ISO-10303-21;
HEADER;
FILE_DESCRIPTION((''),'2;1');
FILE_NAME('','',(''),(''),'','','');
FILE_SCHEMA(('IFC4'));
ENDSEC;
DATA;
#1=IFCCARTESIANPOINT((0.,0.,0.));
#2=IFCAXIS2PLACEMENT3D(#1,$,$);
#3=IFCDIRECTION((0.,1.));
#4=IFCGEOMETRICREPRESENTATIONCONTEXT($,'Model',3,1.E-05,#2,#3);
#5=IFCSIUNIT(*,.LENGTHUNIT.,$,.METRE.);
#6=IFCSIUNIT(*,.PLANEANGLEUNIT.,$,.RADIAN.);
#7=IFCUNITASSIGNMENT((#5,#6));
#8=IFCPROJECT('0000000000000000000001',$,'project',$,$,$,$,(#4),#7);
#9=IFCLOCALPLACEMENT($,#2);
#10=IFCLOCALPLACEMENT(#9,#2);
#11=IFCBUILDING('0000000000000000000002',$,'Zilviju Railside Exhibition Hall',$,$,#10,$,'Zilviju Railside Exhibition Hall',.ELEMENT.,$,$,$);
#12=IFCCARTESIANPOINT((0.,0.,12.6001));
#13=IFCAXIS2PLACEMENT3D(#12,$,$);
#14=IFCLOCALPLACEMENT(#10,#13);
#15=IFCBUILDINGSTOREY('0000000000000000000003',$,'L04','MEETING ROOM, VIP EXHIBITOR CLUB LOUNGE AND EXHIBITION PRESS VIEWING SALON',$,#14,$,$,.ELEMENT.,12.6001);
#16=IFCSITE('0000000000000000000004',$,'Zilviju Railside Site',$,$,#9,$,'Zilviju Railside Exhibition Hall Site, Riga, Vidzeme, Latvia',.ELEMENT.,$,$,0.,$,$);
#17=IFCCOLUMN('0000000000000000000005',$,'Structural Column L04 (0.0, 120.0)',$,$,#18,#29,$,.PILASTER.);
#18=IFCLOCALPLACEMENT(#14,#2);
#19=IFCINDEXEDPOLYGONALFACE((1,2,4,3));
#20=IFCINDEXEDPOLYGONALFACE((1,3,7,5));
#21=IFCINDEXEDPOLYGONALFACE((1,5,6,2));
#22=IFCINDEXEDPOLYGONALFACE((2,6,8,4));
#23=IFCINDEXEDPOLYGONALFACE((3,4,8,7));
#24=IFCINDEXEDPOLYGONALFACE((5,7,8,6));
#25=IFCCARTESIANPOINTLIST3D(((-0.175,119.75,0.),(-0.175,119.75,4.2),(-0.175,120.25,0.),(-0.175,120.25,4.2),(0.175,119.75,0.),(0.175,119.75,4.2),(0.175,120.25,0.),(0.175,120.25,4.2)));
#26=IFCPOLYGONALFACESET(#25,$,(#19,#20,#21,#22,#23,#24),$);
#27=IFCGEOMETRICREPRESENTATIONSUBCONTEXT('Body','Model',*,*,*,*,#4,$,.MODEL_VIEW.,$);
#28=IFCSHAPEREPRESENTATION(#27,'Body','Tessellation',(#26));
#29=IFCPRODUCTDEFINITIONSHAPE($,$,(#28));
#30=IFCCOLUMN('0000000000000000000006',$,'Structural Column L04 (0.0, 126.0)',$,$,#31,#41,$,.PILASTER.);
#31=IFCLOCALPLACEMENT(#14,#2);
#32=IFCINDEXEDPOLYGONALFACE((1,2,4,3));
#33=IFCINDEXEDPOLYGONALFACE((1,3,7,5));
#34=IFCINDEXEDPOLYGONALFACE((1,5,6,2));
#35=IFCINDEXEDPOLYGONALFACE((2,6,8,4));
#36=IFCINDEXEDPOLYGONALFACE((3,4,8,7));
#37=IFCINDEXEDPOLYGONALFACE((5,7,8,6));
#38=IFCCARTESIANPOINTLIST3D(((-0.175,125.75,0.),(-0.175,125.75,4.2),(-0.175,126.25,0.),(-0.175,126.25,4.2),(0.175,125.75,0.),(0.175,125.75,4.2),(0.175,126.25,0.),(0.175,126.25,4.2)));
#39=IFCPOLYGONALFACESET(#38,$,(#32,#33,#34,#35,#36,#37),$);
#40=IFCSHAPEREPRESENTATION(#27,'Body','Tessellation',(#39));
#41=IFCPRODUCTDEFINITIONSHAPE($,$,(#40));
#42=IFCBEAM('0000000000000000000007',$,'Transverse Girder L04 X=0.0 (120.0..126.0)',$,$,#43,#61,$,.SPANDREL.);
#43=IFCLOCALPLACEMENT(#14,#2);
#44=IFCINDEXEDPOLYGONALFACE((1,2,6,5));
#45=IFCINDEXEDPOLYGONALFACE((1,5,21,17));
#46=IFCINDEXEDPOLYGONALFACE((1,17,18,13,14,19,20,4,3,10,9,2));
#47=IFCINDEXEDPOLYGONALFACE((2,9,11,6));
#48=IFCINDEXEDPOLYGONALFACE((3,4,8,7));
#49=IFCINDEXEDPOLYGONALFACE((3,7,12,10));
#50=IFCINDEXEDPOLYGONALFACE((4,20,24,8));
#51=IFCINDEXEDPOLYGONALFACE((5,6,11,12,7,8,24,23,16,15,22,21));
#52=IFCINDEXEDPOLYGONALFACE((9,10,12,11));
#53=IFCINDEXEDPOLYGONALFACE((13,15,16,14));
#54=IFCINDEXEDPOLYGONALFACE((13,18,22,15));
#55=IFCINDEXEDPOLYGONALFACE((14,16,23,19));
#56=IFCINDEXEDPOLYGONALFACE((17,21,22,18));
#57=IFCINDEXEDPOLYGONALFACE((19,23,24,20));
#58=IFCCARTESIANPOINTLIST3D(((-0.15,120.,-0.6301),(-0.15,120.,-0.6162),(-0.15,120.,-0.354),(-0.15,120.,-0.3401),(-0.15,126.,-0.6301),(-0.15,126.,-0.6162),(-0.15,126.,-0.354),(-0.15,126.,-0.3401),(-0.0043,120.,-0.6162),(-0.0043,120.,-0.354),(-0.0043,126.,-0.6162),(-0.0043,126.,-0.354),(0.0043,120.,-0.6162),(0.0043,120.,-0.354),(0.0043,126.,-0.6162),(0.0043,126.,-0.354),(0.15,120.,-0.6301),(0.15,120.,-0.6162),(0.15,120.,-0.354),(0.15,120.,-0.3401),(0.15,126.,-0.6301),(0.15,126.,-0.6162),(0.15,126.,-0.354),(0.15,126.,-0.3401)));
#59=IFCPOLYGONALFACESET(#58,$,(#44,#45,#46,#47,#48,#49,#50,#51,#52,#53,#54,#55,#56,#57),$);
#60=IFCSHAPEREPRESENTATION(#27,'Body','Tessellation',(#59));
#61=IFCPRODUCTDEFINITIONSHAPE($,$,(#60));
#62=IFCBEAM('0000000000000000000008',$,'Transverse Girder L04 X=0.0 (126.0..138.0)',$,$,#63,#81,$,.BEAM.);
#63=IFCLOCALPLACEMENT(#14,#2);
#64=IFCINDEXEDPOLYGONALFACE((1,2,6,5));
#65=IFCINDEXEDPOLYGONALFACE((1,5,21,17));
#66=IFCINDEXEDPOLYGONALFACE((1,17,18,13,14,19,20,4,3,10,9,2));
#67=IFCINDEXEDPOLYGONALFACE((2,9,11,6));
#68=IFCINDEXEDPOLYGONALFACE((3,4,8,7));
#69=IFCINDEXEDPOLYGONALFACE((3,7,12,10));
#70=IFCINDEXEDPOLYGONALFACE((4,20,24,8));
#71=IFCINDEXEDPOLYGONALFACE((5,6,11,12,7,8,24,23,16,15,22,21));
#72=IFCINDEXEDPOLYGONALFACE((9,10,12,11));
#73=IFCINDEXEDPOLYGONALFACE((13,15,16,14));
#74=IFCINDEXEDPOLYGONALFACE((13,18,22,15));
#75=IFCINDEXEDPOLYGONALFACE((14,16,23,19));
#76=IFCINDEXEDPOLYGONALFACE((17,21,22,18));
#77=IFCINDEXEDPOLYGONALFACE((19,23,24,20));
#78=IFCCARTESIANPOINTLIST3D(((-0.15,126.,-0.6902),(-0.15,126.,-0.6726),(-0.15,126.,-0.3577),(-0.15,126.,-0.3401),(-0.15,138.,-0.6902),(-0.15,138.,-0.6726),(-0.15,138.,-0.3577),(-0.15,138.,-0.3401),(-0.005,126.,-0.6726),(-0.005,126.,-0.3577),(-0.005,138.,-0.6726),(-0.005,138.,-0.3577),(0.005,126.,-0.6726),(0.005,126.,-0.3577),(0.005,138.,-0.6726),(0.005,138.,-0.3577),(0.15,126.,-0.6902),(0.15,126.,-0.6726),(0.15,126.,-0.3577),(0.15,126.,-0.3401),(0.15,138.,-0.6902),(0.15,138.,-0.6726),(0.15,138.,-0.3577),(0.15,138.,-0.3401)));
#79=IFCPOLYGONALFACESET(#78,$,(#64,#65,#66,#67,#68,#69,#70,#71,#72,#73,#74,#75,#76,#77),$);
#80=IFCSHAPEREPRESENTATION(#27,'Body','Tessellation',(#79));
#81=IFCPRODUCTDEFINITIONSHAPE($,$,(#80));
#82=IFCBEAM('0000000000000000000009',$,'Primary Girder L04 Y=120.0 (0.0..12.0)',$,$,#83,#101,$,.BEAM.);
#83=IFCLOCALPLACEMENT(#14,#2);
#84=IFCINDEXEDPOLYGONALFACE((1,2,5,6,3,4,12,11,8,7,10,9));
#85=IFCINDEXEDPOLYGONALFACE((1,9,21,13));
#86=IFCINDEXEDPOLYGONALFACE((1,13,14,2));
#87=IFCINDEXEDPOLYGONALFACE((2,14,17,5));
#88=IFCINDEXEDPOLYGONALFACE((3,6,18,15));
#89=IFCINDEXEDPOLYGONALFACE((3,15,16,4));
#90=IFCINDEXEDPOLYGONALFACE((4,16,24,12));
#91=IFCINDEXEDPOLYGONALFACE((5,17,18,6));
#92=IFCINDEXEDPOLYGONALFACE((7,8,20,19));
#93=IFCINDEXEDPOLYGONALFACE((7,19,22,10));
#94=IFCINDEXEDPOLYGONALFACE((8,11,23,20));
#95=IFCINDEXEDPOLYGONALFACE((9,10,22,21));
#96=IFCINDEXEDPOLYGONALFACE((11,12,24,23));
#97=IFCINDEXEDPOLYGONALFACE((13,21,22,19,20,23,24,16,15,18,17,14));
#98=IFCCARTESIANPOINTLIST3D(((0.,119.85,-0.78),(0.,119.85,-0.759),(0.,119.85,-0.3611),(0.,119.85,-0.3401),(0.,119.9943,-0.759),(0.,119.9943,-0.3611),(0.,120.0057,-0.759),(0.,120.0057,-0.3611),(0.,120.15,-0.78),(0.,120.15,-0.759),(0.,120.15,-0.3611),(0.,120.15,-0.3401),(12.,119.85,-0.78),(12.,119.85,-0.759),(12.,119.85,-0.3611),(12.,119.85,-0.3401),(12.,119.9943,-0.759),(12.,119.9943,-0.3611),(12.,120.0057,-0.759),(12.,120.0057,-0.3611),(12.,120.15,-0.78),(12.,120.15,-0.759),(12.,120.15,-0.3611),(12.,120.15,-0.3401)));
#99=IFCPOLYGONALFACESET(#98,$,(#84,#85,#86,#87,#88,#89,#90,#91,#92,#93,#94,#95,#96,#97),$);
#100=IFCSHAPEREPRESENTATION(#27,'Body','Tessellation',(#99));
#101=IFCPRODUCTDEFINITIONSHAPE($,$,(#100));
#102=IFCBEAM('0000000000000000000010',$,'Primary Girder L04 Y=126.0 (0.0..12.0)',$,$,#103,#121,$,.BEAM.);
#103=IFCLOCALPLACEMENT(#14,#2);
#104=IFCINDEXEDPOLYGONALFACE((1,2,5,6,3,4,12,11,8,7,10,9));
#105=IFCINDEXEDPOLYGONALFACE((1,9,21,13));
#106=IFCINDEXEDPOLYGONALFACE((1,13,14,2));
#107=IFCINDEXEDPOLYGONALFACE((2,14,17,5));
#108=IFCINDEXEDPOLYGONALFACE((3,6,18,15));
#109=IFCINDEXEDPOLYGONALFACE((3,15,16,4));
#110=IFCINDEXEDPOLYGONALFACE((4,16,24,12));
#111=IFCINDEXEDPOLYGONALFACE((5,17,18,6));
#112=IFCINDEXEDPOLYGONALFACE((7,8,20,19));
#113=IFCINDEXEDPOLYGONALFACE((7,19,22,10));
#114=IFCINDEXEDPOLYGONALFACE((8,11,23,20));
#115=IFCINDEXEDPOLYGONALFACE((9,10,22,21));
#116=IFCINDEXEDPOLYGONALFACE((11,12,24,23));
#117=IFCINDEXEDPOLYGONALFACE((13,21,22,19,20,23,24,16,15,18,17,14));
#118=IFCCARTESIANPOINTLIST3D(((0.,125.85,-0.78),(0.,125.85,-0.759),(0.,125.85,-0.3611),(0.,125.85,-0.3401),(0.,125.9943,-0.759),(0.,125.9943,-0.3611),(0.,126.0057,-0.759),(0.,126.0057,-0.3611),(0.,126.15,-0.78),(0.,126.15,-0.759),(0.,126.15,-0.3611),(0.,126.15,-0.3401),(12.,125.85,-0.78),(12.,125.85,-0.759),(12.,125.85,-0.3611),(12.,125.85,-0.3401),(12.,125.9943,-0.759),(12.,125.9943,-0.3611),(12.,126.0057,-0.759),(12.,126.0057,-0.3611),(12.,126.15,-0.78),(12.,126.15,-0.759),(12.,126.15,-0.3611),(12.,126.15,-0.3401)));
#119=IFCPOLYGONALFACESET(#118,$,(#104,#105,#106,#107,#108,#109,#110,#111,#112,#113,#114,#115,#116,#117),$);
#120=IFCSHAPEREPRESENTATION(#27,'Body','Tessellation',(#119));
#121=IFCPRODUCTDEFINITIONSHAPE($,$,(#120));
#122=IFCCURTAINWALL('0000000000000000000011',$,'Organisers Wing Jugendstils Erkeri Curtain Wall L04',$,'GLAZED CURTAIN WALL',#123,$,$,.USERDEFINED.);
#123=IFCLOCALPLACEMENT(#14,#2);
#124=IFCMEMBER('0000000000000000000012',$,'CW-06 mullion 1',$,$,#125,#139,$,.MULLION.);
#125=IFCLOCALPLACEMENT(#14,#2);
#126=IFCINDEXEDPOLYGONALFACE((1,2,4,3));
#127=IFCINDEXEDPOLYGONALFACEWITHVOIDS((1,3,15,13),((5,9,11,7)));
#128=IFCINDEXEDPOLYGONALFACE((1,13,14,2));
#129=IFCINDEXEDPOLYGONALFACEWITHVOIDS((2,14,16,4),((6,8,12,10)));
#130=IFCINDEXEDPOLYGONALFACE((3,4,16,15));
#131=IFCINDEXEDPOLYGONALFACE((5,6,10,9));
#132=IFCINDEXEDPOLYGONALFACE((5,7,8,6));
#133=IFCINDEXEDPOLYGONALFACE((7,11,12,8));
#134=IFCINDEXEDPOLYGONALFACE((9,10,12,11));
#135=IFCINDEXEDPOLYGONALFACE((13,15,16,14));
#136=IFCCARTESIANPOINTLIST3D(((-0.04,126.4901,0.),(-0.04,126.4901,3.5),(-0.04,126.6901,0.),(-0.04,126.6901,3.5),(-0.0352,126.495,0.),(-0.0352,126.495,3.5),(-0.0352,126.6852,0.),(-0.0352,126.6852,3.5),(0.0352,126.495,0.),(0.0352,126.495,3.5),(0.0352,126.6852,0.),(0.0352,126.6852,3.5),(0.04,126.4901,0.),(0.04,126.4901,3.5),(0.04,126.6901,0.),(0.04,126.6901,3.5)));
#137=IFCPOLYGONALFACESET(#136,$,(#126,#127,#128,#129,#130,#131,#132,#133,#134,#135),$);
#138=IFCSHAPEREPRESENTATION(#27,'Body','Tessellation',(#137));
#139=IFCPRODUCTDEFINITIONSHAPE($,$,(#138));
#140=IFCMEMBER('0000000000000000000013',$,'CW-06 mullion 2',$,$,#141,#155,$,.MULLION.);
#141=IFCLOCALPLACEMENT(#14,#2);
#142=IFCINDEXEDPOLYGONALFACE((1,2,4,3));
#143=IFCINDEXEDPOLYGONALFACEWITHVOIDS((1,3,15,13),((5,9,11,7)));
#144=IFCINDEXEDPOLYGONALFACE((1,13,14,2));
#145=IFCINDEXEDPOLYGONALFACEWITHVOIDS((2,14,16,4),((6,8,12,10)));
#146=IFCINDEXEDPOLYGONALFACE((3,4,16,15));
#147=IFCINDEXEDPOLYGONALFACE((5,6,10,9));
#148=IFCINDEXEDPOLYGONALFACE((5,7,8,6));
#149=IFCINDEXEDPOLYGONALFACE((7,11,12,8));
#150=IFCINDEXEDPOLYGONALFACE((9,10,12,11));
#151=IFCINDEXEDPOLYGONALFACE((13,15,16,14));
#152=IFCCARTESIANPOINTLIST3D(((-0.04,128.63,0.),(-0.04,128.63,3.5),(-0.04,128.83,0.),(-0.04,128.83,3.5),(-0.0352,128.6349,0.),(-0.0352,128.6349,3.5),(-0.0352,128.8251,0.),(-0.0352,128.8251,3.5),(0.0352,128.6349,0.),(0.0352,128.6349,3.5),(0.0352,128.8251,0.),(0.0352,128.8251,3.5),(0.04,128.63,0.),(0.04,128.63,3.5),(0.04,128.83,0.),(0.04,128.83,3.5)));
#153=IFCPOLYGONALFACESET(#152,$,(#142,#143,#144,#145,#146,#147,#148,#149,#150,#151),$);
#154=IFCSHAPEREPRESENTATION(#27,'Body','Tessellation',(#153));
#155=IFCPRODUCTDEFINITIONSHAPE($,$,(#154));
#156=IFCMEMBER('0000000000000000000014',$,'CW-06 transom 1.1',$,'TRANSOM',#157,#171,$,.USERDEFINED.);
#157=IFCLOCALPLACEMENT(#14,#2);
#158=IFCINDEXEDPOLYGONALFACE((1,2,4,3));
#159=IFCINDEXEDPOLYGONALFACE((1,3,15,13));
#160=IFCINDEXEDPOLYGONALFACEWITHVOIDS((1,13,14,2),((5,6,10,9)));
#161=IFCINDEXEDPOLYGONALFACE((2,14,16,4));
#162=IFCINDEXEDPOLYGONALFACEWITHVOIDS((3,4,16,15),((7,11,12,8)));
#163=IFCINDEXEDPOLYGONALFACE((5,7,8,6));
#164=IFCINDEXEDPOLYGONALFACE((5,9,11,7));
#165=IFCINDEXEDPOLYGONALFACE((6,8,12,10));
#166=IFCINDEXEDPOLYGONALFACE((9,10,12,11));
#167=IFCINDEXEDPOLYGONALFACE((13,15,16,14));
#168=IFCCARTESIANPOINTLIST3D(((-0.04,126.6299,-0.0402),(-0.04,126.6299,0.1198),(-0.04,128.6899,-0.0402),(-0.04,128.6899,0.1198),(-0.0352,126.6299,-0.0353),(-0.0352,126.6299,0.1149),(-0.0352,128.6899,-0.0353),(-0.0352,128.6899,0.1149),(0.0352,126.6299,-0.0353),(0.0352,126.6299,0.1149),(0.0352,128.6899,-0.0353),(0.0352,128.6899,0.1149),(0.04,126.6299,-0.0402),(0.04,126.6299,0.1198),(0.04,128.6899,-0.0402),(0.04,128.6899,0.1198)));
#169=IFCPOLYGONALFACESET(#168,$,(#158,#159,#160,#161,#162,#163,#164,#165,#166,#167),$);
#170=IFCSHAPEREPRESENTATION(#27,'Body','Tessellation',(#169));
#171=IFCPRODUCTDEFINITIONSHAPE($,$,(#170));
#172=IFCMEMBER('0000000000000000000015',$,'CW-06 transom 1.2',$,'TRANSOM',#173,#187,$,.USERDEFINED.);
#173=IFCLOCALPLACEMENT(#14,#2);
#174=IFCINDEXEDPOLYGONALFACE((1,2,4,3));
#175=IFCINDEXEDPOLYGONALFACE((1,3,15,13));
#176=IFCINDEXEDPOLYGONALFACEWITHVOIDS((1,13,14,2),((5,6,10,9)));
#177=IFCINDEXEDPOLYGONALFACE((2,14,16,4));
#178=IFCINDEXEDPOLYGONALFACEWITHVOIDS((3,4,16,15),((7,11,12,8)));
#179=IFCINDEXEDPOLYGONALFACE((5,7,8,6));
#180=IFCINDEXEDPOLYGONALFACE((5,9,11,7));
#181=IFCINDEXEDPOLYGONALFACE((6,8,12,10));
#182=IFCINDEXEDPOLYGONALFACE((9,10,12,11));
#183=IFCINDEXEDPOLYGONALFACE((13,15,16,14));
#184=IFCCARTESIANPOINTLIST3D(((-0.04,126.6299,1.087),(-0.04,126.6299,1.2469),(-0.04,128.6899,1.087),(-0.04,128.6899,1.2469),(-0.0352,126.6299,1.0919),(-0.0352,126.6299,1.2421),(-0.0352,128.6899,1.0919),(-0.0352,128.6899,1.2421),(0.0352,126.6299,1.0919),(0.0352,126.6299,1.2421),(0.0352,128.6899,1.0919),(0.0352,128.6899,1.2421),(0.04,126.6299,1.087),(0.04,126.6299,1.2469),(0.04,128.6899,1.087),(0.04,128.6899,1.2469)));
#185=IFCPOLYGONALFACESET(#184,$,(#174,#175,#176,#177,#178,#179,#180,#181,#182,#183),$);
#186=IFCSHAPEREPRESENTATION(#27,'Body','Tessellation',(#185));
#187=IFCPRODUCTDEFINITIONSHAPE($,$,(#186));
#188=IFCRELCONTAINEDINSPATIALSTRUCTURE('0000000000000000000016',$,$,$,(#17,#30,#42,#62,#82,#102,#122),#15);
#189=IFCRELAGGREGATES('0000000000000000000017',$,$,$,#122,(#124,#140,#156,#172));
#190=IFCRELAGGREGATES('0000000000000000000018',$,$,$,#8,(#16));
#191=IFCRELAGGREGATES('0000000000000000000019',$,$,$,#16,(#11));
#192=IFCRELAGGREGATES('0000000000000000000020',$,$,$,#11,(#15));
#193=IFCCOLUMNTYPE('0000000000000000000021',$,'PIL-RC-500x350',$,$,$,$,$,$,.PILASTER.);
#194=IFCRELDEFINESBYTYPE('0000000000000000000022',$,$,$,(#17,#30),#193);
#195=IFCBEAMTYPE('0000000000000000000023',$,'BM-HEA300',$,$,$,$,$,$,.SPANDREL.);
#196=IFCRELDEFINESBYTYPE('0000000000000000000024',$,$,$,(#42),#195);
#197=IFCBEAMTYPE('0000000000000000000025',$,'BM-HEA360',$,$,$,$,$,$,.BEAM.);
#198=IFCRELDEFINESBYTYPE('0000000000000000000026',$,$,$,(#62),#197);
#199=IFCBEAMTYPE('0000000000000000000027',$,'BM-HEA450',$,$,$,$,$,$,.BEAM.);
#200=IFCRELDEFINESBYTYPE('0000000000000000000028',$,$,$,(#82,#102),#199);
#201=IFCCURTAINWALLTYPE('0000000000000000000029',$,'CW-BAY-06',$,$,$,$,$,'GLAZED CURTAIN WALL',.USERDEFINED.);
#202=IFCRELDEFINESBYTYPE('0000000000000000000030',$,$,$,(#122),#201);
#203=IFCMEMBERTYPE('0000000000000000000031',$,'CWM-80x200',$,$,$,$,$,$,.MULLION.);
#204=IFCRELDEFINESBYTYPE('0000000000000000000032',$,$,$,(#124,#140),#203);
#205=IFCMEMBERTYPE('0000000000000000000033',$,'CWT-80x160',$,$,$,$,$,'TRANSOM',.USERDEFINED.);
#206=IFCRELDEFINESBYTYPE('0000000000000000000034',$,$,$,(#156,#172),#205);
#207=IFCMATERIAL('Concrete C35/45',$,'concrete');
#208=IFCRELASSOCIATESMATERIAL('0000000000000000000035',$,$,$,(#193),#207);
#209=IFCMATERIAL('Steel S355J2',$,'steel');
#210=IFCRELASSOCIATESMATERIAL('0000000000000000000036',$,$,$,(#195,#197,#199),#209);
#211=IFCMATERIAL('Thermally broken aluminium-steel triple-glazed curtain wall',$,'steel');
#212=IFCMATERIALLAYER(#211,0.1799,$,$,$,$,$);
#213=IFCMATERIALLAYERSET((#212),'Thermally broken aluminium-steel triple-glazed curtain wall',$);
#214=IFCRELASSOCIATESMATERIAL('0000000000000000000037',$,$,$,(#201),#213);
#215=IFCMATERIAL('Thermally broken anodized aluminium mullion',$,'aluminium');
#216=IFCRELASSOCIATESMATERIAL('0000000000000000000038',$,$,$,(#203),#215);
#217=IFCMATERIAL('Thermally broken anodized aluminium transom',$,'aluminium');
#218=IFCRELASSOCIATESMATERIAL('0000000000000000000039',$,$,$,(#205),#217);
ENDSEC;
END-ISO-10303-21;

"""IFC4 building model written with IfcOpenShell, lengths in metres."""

from ifc_helpers import new_model, si_unit, direction, frame, origin, origin_2d, place, context, subcontext, project, spatial, rectangle, hollow_rectangle, i_section, extrude, material, layer, layer_set, material_profile, profile_set, type_object, element, aggregate, save


model = new_model("IFC4")

# Units and contexts
model_context = context("Model", 3, precision=1e-05, world=origin(), true_north=direction((0.0, 1.0)))
body_context = subcontext(model_context, "Body", "Model", "MODEL_VIEW")
ifc_project = project(units=[si_unit("LENGTHUNIT", "METRE"), si_unit("PLANEANGLEUNIT", "RADIAN")], contexts=[model_context])

# Site, building, storey
site_placement = place(None, origin())
site = spatial("IfcSite", under=ifc_project, at=site_placement, Name="Zilviju Railside Site", LongName="Zilviju Railside Exhibition Hall Site, Riga, Vidzeme, Latvia", CompositionType="ELEMENT", RefElevation=0.0)
building_placement = place(site_placement, origin())
building = spatial("IfcBuilding", under=site, at=building_placement, Name="Zilviju Railside Exhibition Hall", LongName="Zilviju Railside Exhibition Hall", CompositionType="ELEMENT")
storey_placement = place(building_placement, frame((0.0, 0.0, 12.6001)))
storey = spatial("IfcBuildingStorey", under=building, at=storey_placement, Name="L04", Description="MEETING ROOM, VIP EXHIBITOR CLUB LOUNGE AND EXHIBITION PRESS VIEWING SALON", CompositionType="ELEMENT", Elevation=12.6001)

# Columns
ifc_material_1 = material(Name="Concrete C35/45", Category="concrete")
ifc_material_profile_1 = material_profile(ifc_material_1, rectangle(XDim=0.3501, YDim=0.5, at=origin_2d()), Name="RC COL 350x500")
ifc_profile_set_1 = profile_set([ifc_material_profile_1], Name="Concrete C35/45")
column_type = type_object("IfcColumnType", Name="PIL-RC-500x350", PredefinedType="PILASTER", material=ifc_profile_set_1)
for number, where, z_axis, x_axis, name in (
    (1, (0.0, 120.0, 0.0), (0.0, 0.0, 1.0), (1.0, 0.0, 0.0), "Structural Column L04 (0.0, 120.0)"),
    (2, (0.0, 126.0, 0.0), (0.0, 0.0, 1.0), (1.0, 0.0, 0.0), "Structural Column L04 (0.0, 126.0)"),
):
    element("IfcColumn", number, at=place(storey_placement, frame(where, z_axis=z_axis, x_axis=x_axis)), inside=storey, type_object=column_type, Name=name, PredefinedType="PILASTER", context=body_context, shape_type="SweptSolid", body=[
        extrude(rectangle(XDim=0.3501, YDim=0.5, at=origin_2d()), origin(), (0.0, 0.0, 1.0), 4.2),
    ])

# Beams
ifc_material_2 = material(Name="Steel S355J2", Category="steel")
ifc_material_profile_2 = material_profile(ifc_material_2, i_section(OverallWidth=0.3, OverallDepth=0.29, WebThickness=0.0085, FlangeThickness=0.0139, at=origin_2d()), Name="HEA 300")
ifc_profile_set_2 = profile_set([ifc_material_profile_2], Name="Steel S355J2")
beam_type_1 = type_object("IfcBeamType", Name="BM-HEA300", PredefinedType="SPANDREL", material=ifc_profile_set_2)
beam_1_placement = place(storey_placement, frame((0.0, 120.0, -0.4851), z_axis=(0.0, 1.0, 0.0), x_axis=(-1.0, 0.0, 0.0)))
element("IfcBeam", 3, at=beam_1_placement, inside=storey, type_object=beam_type_1, Name="Transverse Girder L04 X=0.0 (120.0..126.0)", PredefinedType="SPANDREL", context=body_context, shape_type="SweptSolid", body=[
    extrude(i_section(OverallWidth=0.3, OverallDepth=0.29, WebThickness=0.0085, FlangeThickness=0.0139, at=origin_2d()), origin(), (0.0, 0.0, 1.0), 6.0),
])
ifc_material_profile_3 = material_profile(ifc_material_2, i_section(OverallWidth=0.3, OverallDepth=0.3501, WebThickness=0.01, FlangeThickness=0.0176, at=origin_2d()), Name="HEA 360")
ifc_profile_set_3 = profile_set([ifc_material_profile_3], Name="Steel S355J2")
beam_type_2 = type_object("IfcBeamType", Name="BM-HEA360", PredefinedType="BEAM", material=ifc_profile_set_3)
beam_2_placement = place(storey_placement, frame((0.0, 126.0, -0.5151), z_axis=(0.0, 1.0, 0.0), x_axis=(-1.0, 0.0, 0.0)))
element("IfcBeam", 4, at=beam_2_placement, inside=storey, type_object=beam_type_2, Name="Transverse Girder L04 X=0.0 (126.0..138.0)", PredefinedType="BEAM", context=body_context, shape_type="SweptSolid", body=[
    extrude(i_section(OverallWidth=0.3, OverallDepth=0.3501, WebThickness=0.01, FlangeThickness=0.0176, at=origin_2d()), origin(), (0.0, 0.0, 1.0), 12.0),
])
ifc_material_profile_4 = material_profile(ifc_material_2, i_section(OverallWidth=0.3, OverallDepth=0.4399, WebThickness=0.0115, FlangeThickness=0.021, at=origin_2d()), Name="HEA 450")
ifc_profile_set_4 = profile_set([ifc_material_profile_4], Name="Steel S355J2")
beam_type_3 = type_object("IfcBeamType", Name="BM-HEA450", PredefinedType="BEAM", material=ifc_profile_set_4)
for number, where, z_axis, x_axis, name in (
    (5, (0.0, 120.0, -0.5601), (1.0, 0.0, 0.0), (0.0, 1.0, 0.0), "Primary Girder L04 Y=120.0 (0.0..12.0)"),
    (6, (0.0, 126.0, -0.5601), (1.0, 0.0, 0.0), (0.0, 1.0, 0.0), "Primary Girder L04 Y=126.0 (0.0..12.0)"),
):
    element("IfcBeam", number, at=place(storey_placement, frame(where, z_axis=z_axis, x_axis=x_axis)), inside=storey, type_object=beam_type_3, Name=name, PredefinedType="BEAM", context=body_context, shape_type="SweptSolid", body=[
        extrude(i_section(OverallWidth=0.3, OverallDepth=0.4399, WebThickness=0.0115, FlangeThickness=0.021, at=origin_2d()), origin(), (0.0, 0.0, 1.0), 12.0),
    ])

# Curtain wall, members
ifc_material_3 = material(Name="Thermally broken aluminium-steel triple-glazed curtain wall", Category="steel")
ifc_layer_1 = layer(ifc_material_3, 0.1799)
ifc_layer_set_1 = layer_set([ifc_layer_1], Name="Thermally broken aluminium-steel triple-glazed curtain wall")
curtain_wall_type = type_object("IfcCurtainWallType", Name="CW-BAY-06", ElementType="GLAZED CURTAIN WALL", PredefinedType="USERDEFINED", material=ifc_layer_set_1)
curtain_wall_placement = place(storey_placement, origin())
curtain_wall = element("IfcCurtainWall", 7, at=curtain_wall_placement, inside=storey, type_object=curtain_wall_type, Name="Organisers Wing Jugendstils Erkeri Curtain Wall L04", ObjectType="GLAZED CURTAIN WALL", PredefinedType="USERDEFINED")
ifc_material_4 = material(Name="Thermally broken anodized aluminium mullion", Category="aluminium")
ifc_material_profile_5 = material_profile(ifc_material_4, hollow_rectangle(XDim=0.0801, YDim=0.2, WallThickness=0.0049, at=origin_2d()), Name="MULLION 200x80x5")
ifc_profile_set_5 = profile_set([ifc_material_profile_5], Name="Thermally broken anodized aluminium mullion")
member_type_1 = type_object("IfcMemberType", Name="CWM-80x200", PredefinedType="MULLION", material=ifc_profile_set_5)
member_1_placement = place(storey_placement, frame((0.0, 126.5901, 0.0), z_axis=(0.0, 0.0, 1.0), x_axis=(-1.0, 0.0, 0.0)))
member_1 = element("IfcMember", 8, at=member_1_placement, type_object=member_type_1, Name="CW-06 mullion 1", PredefinedType="MULLION", context=body_context, shape_type="SweptSolid", body=[
    extrude(hollow_rectangle(XDim=0.0801, YDim=0.2, WallThickness=0.0049, at=origin_2d()), origin(), (0.0, 0.0, 1.0), 3.5),
])
member_2_placement = place(storey_placement, frame((0.0, 128.73, 0.0), z_axis=(0.0, 0.0, 1.0), x_axis=(-1.0, 0.0, 0.0)))
member_2 = element("IfcMember", 9, at=member_2_placement, type_object=member_type_1, Name="CW-06 mullion 2", PredefinedType="MULLION", context=body_context, shape_type="SweptSolid", body=[
    extrude(hollow_rectangle(XDim=0.0801, YDim=0.2, WallThickness=0.0049, at=origin_2d()), origin(), (0.0, 0.0, 1.0), 3.5),
])
ifc_material_5 = material(Name="Thermally broken anodized aluminium transom", Category="aluminium")
ifc_material_profile_6 = material_profile(ifc_material_5, hollow_rectangle(XDim=0.0801, YDim=0.1599, WallThickness=0.0049, at=origin_2d()), Name="TRANSOM 160x80x5")
ifc_profile_set_6 = profile_set([ifc_material_profile_6], Name="Thermally broken anodized aluminium transom")
member_type_2 = type_object("IfcMemberType", Name="CWT-80x160", ElementType="TRANSOM", PredefinedType="USERDEFINED", material=ifc_profile_set_6)
member_3_placement = place(storey_placement, frame((0.0, 126.6299, 0.0398), z_axis=(0.0, 1.0, 0.0), x_axis=(-1.0, 0.0, 0.0)))
member_3 = element("IfcMember", 10, at=member_3_placement, type_object=member_type_2, Name="CW-06 transom 1.1", ObjectType="TRANSOM", PredefinedType="USERDEFINED", context=body_context, shape_type="SweptSolid", body=[
    extrude(hollow_rectangle(XDim=0.0801, YDim=0.1599, WallThickness=0.0049, at=origin_2d()), origin(), (0.0, 0.0, 1.0), 2.0601),
])
member_4_placement = place(storey_placement, frame((0.0, 126.6299, 1.167), z_axis=(0.0, 1.0, 0.0), x_axis=(-1.0, 0.0, 0.0)))
member_4 = element("IfcMember", 11, at=member_4_placement, type_object=member_type_2, Name="CW-06 transom 1.2", ObjectType="TRANSOM", PredefinedType="USERDEFINED", context=body_context, shape_type="SweptSolid", body=[
    extrude(hollow_rectangle(XDim=0.0801, YDim=0.1599, WallThickness=0.0049, at=origin_2d()), origin(), (0.0, 0.0, 1.0), 2.0601),
])
aggregate(curtain_wall, [member_1, member_2, member_3, member_4])

save(model, "model.ifc")
